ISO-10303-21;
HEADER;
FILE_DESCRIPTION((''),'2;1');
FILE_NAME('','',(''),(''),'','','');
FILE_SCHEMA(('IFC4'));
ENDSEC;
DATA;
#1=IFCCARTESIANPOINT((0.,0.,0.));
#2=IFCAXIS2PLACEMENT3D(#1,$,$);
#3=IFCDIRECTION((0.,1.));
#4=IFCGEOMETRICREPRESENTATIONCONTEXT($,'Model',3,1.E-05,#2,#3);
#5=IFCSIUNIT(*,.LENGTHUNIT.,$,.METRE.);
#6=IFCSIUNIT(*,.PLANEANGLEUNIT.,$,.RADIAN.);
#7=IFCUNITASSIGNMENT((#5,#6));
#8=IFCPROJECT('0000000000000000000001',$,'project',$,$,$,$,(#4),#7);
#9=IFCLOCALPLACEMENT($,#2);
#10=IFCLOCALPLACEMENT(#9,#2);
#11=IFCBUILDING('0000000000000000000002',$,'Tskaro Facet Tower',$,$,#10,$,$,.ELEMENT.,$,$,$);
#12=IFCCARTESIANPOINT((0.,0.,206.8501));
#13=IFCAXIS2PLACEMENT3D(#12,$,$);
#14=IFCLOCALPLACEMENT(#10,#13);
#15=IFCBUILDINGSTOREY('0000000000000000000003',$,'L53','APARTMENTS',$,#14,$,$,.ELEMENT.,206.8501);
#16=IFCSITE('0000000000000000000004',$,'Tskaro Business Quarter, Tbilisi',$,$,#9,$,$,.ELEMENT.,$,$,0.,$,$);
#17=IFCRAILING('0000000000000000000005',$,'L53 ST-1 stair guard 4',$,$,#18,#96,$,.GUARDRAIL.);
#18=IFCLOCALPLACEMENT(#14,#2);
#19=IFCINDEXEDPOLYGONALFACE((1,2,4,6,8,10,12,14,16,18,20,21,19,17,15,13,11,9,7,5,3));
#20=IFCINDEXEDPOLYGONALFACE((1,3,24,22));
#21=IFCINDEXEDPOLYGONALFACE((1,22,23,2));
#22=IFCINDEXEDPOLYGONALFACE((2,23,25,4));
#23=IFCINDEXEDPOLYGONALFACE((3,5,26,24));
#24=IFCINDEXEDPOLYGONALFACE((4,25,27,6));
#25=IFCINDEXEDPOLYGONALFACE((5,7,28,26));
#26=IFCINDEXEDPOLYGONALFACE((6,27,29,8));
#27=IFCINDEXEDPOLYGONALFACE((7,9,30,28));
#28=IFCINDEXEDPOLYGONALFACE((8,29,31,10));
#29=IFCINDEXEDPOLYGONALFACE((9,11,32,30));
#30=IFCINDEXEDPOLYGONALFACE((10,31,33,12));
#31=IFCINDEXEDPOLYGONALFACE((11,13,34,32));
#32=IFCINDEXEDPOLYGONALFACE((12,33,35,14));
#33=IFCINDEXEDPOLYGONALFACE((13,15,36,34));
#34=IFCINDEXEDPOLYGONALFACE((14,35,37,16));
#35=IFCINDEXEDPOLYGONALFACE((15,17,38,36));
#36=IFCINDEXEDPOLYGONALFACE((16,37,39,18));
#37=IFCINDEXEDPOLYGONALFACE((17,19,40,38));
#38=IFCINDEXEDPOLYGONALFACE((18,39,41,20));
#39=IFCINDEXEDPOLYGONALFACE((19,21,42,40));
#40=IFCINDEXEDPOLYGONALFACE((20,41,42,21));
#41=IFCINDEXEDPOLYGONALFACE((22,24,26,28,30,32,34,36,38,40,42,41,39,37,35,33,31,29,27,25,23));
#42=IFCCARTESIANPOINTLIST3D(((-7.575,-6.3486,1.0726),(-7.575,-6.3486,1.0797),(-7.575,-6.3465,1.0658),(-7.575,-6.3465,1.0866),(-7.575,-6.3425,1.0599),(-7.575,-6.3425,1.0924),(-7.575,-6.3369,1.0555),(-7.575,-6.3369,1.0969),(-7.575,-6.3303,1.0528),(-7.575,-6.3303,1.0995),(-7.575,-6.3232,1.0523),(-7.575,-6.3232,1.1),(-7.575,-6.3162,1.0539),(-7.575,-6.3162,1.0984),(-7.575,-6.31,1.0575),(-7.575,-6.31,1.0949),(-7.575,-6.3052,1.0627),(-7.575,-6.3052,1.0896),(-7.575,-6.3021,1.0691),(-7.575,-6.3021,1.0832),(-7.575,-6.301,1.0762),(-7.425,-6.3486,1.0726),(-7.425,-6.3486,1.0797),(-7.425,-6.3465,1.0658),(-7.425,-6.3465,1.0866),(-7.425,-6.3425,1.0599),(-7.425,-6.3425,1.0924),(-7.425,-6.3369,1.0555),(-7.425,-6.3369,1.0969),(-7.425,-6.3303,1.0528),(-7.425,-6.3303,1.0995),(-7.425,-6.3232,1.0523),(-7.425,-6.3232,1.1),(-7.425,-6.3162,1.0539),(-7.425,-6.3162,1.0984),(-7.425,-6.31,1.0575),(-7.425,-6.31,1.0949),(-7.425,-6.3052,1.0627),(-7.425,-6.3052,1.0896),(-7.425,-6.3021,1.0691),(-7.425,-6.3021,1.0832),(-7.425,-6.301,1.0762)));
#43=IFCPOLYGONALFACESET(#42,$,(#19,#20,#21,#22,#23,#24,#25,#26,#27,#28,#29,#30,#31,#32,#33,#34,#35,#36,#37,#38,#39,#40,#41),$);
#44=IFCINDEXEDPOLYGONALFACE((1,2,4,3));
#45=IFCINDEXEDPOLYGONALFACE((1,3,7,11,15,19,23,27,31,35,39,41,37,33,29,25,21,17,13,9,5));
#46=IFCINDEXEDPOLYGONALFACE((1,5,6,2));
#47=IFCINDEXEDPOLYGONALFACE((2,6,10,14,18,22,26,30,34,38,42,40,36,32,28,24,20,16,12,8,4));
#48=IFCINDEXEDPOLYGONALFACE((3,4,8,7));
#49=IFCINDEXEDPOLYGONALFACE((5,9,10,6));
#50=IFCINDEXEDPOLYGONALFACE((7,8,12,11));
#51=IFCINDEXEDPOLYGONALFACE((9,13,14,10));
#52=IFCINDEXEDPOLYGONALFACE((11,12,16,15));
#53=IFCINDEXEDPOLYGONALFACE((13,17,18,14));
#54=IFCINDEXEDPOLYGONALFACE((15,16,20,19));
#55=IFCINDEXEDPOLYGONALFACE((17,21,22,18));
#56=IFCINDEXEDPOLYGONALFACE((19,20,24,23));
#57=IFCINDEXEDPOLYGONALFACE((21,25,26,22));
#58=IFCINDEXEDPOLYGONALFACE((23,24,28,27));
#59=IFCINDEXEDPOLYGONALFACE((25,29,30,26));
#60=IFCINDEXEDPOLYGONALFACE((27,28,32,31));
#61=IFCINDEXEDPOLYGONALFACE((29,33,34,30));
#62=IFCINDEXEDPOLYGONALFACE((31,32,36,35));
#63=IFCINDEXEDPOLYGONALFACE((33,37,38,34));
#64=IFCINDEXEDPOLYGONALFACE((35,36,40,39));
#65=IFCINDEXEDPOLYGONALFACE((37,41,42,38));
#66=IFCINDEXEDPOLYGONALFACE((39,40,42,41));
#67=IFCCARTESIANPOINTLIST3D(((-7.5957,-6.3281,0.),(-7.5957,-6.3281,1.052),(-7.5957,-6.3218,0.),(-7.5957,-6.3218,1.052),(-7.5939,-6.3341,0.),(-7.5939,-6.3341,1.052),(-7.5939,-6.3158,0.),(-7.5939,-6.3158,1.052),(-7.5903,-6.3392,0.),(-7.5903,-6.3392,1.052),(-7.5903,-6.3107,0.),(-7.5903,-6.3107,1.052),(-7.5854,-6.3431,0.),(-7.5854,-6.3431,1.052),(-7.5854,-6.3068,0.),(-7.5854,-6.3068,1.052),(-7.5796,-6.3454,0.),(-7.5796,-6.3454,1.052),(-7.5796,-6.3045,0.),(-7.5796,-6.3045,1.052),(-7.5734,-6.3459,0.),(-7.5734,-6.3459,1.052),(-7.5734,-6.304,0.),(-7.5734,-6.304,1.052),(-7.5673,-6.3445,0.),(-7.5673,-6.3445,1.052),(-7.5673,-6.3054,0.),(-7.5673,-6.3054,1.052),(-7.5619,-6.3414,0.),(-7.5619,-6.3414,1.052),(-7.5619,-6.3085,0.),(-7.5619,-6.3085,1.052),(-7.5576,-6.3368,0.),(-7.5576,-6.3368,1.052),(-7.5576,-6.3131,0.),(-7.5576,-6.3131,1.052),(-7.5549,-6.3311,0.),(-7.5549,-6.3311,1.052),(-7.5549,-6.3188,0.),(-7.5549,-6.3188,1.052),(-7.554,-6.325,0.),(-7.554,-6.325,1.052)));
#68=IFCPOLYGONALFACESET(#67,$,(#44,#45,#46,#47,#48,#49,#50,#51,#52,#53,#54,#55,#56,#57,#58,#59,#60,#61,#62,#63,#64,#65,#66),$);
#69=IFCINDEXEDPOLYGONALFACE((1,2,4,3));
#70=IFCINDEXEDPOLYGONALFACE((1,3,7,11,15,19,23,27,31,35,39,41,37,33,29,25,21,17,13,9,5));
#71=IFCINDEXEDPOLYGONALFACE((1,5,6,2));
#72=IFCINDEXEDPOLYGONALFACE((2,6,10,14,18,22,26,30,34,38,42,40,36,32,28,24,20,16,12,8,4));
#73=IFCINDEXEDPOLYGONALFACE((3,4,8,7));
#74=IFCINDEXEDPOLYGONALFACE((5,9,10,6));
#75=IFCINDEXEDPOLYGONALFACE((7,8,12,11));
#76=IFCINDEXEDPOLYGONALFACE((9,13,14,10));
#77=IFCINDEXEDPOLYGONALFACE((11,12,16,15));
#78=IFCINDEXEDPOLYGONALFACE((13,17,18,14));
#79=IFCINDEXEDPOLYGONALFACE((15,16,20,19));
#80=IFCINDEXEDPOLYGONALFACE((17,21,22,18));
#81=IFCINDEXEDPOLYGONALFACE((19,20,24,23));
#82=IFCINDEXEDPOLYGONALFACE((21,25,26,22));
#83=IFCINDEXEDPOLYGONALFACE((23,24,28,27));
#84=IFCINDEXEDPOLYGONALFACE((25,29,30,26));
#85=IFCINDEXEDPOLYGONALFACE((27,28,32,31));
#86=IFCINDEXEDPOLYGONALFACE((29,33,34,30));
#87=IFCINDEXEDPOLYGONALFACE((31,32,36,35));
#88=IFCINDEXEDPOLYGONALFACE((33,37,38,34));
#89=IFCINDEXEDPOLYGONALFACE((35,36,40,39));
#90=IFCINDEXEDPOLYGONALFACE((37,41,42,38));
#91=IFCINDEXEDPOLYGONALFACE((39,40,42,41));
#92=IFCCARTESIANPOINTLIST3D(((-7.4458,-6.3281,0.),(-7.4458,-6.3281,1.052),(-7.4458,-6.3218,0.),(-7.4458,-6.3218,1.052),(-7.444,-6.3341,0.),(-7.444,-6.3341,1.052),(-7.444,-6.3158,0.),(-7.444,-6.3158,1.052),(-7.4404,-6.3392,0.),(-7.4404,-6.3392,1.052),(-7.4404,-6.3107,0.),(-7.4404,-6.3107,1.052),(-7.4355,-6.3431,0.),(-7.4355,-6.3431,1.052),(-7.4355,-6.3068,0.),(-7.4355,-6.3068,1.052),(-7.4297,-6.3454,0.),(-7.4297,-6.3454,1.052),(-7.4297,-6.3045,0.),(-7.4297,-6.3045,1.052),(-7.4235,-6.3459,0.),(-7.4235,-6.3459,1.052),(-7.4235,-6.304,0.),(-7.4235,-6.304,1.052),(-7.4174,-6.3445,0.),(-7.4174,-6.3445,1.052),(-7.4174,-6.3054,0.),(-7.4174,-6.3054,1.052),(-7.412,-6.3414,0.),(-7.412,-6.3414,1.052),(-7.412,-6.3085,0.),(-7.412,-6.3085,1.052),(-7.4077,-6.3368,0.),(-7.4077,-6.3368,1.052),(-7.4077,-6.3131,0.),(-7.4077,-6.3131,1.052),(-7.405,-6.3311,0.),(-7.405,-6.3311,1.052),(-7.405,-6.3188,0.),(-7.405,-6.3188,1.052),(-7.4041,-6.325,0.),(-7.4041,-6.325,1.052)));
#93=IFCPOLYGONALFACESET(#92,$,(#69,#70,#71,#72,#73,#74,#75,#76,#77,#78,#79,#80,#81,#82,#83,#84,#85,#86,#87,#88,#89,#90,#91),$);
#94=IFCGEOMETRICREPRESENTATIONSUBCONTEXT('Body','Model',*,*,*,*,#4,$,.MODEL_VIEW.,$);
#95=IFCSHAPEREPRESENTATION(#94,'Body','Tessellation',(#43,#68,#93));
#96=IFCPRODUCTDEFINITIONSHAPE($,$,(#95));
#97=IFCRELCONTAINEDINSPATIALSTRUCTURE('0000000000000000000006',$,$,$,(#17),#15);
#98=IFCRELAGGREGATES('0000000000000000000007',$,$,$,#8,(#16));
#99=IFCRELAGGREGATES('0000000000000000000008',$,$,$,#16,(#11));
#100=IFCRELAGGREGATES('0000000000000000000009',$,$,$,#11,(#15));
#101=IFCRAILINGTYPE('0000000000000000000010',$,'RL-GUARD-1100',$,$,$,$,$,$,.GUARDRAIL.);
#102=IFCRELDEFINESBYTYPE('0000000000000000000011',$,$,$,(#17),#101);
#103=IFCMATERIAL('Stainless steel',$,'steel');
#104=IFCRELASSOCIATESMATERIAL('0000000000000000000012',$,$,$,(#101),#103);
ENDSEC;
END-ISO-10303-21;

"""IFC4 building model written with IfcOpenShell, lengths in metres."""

from ifc_helpers import new_model, si_unit, direction, frame, origin, origin_2d, place, context, subcontext, project, spatial, circle, extrude, material, type_object, element, save


model = new_model("IFC4")

# Units and contexts
model_context = context("Model", 3, precision=1e-05, world=origin(), true_north=direction((0.0, 1.0)))
body_context = subcontext(model_context, "Body", "Model", "MODEL_VIEW")
ifc_project = project(units=[si_unit("LENGTHUNIT", "METRE"), si_unit("PLANEANGLEUNIT", "RADIAN")], contexts=[model_context])

# Site, building, storey
site_placement = place(None, origin())
site = spatial("IfcSite", under=ifc_project, at=site_placement, Name="Tskaro Business Quarter, Tbilisi", CompositionType="ELEMENT", RefElevation=0.0)
building_placement = place(site_placement, origin())
building = spatial("IfcBuilding", under=site, at=building_placement, Name="Tskaro Facet Tower", CompositionType="ELEMENT")
storey_placement = place(building_placement, frame((0.0, 0.0, 206.8501)))
storey = spatial("IfcBuildingStorey", under=building, at=storey_placement, Name="L53", Description="APARTMENTS", CompositionType="ELEMENT", Elevation=206.8501)

# Shared definitions
ifc_material_1 = material(Name="Stainless steel", Category="steel")

# Railing
railing_type_1 = type_object("IfcRailingType", Name="RL-GUARD-1100", PredefinedType="GUARDRAIL", material=ifc_material_1)
railing_1_placement = place(storey_placement, frame((-7.575, -6.325, 0.0)))
element("IfcRailing", 1, at=railing_1_placement, inside=storey, type_object=railing_type_1, Name="L53 ST-1 stair guard 4", PredefinedType="GUARDRAIL", context=body_context, shape_type="SweptSolid", body=[
    extrude(circle(Radius=0.0239, at=origin_2d()), frame((0.0, 0.0, 1.0762), z_axis=(1.0, 0.0, 0.0), x_axis=(0.0, 1.0, 0.0)), (0.0, 0.0, 1.0), 0.1499),
    extrude(circle(Radius=0.021, at=origin_2d()), origin(), (0.0, 0.0, 1.0), 1.052),
    extrude(circle(Radius=0.021, at=origin_2d()), frame((0.1499, 0.0, 0.0)), (0.0, 0.0, 1.0), 1.052),
])

save(model, "model.ifc")
